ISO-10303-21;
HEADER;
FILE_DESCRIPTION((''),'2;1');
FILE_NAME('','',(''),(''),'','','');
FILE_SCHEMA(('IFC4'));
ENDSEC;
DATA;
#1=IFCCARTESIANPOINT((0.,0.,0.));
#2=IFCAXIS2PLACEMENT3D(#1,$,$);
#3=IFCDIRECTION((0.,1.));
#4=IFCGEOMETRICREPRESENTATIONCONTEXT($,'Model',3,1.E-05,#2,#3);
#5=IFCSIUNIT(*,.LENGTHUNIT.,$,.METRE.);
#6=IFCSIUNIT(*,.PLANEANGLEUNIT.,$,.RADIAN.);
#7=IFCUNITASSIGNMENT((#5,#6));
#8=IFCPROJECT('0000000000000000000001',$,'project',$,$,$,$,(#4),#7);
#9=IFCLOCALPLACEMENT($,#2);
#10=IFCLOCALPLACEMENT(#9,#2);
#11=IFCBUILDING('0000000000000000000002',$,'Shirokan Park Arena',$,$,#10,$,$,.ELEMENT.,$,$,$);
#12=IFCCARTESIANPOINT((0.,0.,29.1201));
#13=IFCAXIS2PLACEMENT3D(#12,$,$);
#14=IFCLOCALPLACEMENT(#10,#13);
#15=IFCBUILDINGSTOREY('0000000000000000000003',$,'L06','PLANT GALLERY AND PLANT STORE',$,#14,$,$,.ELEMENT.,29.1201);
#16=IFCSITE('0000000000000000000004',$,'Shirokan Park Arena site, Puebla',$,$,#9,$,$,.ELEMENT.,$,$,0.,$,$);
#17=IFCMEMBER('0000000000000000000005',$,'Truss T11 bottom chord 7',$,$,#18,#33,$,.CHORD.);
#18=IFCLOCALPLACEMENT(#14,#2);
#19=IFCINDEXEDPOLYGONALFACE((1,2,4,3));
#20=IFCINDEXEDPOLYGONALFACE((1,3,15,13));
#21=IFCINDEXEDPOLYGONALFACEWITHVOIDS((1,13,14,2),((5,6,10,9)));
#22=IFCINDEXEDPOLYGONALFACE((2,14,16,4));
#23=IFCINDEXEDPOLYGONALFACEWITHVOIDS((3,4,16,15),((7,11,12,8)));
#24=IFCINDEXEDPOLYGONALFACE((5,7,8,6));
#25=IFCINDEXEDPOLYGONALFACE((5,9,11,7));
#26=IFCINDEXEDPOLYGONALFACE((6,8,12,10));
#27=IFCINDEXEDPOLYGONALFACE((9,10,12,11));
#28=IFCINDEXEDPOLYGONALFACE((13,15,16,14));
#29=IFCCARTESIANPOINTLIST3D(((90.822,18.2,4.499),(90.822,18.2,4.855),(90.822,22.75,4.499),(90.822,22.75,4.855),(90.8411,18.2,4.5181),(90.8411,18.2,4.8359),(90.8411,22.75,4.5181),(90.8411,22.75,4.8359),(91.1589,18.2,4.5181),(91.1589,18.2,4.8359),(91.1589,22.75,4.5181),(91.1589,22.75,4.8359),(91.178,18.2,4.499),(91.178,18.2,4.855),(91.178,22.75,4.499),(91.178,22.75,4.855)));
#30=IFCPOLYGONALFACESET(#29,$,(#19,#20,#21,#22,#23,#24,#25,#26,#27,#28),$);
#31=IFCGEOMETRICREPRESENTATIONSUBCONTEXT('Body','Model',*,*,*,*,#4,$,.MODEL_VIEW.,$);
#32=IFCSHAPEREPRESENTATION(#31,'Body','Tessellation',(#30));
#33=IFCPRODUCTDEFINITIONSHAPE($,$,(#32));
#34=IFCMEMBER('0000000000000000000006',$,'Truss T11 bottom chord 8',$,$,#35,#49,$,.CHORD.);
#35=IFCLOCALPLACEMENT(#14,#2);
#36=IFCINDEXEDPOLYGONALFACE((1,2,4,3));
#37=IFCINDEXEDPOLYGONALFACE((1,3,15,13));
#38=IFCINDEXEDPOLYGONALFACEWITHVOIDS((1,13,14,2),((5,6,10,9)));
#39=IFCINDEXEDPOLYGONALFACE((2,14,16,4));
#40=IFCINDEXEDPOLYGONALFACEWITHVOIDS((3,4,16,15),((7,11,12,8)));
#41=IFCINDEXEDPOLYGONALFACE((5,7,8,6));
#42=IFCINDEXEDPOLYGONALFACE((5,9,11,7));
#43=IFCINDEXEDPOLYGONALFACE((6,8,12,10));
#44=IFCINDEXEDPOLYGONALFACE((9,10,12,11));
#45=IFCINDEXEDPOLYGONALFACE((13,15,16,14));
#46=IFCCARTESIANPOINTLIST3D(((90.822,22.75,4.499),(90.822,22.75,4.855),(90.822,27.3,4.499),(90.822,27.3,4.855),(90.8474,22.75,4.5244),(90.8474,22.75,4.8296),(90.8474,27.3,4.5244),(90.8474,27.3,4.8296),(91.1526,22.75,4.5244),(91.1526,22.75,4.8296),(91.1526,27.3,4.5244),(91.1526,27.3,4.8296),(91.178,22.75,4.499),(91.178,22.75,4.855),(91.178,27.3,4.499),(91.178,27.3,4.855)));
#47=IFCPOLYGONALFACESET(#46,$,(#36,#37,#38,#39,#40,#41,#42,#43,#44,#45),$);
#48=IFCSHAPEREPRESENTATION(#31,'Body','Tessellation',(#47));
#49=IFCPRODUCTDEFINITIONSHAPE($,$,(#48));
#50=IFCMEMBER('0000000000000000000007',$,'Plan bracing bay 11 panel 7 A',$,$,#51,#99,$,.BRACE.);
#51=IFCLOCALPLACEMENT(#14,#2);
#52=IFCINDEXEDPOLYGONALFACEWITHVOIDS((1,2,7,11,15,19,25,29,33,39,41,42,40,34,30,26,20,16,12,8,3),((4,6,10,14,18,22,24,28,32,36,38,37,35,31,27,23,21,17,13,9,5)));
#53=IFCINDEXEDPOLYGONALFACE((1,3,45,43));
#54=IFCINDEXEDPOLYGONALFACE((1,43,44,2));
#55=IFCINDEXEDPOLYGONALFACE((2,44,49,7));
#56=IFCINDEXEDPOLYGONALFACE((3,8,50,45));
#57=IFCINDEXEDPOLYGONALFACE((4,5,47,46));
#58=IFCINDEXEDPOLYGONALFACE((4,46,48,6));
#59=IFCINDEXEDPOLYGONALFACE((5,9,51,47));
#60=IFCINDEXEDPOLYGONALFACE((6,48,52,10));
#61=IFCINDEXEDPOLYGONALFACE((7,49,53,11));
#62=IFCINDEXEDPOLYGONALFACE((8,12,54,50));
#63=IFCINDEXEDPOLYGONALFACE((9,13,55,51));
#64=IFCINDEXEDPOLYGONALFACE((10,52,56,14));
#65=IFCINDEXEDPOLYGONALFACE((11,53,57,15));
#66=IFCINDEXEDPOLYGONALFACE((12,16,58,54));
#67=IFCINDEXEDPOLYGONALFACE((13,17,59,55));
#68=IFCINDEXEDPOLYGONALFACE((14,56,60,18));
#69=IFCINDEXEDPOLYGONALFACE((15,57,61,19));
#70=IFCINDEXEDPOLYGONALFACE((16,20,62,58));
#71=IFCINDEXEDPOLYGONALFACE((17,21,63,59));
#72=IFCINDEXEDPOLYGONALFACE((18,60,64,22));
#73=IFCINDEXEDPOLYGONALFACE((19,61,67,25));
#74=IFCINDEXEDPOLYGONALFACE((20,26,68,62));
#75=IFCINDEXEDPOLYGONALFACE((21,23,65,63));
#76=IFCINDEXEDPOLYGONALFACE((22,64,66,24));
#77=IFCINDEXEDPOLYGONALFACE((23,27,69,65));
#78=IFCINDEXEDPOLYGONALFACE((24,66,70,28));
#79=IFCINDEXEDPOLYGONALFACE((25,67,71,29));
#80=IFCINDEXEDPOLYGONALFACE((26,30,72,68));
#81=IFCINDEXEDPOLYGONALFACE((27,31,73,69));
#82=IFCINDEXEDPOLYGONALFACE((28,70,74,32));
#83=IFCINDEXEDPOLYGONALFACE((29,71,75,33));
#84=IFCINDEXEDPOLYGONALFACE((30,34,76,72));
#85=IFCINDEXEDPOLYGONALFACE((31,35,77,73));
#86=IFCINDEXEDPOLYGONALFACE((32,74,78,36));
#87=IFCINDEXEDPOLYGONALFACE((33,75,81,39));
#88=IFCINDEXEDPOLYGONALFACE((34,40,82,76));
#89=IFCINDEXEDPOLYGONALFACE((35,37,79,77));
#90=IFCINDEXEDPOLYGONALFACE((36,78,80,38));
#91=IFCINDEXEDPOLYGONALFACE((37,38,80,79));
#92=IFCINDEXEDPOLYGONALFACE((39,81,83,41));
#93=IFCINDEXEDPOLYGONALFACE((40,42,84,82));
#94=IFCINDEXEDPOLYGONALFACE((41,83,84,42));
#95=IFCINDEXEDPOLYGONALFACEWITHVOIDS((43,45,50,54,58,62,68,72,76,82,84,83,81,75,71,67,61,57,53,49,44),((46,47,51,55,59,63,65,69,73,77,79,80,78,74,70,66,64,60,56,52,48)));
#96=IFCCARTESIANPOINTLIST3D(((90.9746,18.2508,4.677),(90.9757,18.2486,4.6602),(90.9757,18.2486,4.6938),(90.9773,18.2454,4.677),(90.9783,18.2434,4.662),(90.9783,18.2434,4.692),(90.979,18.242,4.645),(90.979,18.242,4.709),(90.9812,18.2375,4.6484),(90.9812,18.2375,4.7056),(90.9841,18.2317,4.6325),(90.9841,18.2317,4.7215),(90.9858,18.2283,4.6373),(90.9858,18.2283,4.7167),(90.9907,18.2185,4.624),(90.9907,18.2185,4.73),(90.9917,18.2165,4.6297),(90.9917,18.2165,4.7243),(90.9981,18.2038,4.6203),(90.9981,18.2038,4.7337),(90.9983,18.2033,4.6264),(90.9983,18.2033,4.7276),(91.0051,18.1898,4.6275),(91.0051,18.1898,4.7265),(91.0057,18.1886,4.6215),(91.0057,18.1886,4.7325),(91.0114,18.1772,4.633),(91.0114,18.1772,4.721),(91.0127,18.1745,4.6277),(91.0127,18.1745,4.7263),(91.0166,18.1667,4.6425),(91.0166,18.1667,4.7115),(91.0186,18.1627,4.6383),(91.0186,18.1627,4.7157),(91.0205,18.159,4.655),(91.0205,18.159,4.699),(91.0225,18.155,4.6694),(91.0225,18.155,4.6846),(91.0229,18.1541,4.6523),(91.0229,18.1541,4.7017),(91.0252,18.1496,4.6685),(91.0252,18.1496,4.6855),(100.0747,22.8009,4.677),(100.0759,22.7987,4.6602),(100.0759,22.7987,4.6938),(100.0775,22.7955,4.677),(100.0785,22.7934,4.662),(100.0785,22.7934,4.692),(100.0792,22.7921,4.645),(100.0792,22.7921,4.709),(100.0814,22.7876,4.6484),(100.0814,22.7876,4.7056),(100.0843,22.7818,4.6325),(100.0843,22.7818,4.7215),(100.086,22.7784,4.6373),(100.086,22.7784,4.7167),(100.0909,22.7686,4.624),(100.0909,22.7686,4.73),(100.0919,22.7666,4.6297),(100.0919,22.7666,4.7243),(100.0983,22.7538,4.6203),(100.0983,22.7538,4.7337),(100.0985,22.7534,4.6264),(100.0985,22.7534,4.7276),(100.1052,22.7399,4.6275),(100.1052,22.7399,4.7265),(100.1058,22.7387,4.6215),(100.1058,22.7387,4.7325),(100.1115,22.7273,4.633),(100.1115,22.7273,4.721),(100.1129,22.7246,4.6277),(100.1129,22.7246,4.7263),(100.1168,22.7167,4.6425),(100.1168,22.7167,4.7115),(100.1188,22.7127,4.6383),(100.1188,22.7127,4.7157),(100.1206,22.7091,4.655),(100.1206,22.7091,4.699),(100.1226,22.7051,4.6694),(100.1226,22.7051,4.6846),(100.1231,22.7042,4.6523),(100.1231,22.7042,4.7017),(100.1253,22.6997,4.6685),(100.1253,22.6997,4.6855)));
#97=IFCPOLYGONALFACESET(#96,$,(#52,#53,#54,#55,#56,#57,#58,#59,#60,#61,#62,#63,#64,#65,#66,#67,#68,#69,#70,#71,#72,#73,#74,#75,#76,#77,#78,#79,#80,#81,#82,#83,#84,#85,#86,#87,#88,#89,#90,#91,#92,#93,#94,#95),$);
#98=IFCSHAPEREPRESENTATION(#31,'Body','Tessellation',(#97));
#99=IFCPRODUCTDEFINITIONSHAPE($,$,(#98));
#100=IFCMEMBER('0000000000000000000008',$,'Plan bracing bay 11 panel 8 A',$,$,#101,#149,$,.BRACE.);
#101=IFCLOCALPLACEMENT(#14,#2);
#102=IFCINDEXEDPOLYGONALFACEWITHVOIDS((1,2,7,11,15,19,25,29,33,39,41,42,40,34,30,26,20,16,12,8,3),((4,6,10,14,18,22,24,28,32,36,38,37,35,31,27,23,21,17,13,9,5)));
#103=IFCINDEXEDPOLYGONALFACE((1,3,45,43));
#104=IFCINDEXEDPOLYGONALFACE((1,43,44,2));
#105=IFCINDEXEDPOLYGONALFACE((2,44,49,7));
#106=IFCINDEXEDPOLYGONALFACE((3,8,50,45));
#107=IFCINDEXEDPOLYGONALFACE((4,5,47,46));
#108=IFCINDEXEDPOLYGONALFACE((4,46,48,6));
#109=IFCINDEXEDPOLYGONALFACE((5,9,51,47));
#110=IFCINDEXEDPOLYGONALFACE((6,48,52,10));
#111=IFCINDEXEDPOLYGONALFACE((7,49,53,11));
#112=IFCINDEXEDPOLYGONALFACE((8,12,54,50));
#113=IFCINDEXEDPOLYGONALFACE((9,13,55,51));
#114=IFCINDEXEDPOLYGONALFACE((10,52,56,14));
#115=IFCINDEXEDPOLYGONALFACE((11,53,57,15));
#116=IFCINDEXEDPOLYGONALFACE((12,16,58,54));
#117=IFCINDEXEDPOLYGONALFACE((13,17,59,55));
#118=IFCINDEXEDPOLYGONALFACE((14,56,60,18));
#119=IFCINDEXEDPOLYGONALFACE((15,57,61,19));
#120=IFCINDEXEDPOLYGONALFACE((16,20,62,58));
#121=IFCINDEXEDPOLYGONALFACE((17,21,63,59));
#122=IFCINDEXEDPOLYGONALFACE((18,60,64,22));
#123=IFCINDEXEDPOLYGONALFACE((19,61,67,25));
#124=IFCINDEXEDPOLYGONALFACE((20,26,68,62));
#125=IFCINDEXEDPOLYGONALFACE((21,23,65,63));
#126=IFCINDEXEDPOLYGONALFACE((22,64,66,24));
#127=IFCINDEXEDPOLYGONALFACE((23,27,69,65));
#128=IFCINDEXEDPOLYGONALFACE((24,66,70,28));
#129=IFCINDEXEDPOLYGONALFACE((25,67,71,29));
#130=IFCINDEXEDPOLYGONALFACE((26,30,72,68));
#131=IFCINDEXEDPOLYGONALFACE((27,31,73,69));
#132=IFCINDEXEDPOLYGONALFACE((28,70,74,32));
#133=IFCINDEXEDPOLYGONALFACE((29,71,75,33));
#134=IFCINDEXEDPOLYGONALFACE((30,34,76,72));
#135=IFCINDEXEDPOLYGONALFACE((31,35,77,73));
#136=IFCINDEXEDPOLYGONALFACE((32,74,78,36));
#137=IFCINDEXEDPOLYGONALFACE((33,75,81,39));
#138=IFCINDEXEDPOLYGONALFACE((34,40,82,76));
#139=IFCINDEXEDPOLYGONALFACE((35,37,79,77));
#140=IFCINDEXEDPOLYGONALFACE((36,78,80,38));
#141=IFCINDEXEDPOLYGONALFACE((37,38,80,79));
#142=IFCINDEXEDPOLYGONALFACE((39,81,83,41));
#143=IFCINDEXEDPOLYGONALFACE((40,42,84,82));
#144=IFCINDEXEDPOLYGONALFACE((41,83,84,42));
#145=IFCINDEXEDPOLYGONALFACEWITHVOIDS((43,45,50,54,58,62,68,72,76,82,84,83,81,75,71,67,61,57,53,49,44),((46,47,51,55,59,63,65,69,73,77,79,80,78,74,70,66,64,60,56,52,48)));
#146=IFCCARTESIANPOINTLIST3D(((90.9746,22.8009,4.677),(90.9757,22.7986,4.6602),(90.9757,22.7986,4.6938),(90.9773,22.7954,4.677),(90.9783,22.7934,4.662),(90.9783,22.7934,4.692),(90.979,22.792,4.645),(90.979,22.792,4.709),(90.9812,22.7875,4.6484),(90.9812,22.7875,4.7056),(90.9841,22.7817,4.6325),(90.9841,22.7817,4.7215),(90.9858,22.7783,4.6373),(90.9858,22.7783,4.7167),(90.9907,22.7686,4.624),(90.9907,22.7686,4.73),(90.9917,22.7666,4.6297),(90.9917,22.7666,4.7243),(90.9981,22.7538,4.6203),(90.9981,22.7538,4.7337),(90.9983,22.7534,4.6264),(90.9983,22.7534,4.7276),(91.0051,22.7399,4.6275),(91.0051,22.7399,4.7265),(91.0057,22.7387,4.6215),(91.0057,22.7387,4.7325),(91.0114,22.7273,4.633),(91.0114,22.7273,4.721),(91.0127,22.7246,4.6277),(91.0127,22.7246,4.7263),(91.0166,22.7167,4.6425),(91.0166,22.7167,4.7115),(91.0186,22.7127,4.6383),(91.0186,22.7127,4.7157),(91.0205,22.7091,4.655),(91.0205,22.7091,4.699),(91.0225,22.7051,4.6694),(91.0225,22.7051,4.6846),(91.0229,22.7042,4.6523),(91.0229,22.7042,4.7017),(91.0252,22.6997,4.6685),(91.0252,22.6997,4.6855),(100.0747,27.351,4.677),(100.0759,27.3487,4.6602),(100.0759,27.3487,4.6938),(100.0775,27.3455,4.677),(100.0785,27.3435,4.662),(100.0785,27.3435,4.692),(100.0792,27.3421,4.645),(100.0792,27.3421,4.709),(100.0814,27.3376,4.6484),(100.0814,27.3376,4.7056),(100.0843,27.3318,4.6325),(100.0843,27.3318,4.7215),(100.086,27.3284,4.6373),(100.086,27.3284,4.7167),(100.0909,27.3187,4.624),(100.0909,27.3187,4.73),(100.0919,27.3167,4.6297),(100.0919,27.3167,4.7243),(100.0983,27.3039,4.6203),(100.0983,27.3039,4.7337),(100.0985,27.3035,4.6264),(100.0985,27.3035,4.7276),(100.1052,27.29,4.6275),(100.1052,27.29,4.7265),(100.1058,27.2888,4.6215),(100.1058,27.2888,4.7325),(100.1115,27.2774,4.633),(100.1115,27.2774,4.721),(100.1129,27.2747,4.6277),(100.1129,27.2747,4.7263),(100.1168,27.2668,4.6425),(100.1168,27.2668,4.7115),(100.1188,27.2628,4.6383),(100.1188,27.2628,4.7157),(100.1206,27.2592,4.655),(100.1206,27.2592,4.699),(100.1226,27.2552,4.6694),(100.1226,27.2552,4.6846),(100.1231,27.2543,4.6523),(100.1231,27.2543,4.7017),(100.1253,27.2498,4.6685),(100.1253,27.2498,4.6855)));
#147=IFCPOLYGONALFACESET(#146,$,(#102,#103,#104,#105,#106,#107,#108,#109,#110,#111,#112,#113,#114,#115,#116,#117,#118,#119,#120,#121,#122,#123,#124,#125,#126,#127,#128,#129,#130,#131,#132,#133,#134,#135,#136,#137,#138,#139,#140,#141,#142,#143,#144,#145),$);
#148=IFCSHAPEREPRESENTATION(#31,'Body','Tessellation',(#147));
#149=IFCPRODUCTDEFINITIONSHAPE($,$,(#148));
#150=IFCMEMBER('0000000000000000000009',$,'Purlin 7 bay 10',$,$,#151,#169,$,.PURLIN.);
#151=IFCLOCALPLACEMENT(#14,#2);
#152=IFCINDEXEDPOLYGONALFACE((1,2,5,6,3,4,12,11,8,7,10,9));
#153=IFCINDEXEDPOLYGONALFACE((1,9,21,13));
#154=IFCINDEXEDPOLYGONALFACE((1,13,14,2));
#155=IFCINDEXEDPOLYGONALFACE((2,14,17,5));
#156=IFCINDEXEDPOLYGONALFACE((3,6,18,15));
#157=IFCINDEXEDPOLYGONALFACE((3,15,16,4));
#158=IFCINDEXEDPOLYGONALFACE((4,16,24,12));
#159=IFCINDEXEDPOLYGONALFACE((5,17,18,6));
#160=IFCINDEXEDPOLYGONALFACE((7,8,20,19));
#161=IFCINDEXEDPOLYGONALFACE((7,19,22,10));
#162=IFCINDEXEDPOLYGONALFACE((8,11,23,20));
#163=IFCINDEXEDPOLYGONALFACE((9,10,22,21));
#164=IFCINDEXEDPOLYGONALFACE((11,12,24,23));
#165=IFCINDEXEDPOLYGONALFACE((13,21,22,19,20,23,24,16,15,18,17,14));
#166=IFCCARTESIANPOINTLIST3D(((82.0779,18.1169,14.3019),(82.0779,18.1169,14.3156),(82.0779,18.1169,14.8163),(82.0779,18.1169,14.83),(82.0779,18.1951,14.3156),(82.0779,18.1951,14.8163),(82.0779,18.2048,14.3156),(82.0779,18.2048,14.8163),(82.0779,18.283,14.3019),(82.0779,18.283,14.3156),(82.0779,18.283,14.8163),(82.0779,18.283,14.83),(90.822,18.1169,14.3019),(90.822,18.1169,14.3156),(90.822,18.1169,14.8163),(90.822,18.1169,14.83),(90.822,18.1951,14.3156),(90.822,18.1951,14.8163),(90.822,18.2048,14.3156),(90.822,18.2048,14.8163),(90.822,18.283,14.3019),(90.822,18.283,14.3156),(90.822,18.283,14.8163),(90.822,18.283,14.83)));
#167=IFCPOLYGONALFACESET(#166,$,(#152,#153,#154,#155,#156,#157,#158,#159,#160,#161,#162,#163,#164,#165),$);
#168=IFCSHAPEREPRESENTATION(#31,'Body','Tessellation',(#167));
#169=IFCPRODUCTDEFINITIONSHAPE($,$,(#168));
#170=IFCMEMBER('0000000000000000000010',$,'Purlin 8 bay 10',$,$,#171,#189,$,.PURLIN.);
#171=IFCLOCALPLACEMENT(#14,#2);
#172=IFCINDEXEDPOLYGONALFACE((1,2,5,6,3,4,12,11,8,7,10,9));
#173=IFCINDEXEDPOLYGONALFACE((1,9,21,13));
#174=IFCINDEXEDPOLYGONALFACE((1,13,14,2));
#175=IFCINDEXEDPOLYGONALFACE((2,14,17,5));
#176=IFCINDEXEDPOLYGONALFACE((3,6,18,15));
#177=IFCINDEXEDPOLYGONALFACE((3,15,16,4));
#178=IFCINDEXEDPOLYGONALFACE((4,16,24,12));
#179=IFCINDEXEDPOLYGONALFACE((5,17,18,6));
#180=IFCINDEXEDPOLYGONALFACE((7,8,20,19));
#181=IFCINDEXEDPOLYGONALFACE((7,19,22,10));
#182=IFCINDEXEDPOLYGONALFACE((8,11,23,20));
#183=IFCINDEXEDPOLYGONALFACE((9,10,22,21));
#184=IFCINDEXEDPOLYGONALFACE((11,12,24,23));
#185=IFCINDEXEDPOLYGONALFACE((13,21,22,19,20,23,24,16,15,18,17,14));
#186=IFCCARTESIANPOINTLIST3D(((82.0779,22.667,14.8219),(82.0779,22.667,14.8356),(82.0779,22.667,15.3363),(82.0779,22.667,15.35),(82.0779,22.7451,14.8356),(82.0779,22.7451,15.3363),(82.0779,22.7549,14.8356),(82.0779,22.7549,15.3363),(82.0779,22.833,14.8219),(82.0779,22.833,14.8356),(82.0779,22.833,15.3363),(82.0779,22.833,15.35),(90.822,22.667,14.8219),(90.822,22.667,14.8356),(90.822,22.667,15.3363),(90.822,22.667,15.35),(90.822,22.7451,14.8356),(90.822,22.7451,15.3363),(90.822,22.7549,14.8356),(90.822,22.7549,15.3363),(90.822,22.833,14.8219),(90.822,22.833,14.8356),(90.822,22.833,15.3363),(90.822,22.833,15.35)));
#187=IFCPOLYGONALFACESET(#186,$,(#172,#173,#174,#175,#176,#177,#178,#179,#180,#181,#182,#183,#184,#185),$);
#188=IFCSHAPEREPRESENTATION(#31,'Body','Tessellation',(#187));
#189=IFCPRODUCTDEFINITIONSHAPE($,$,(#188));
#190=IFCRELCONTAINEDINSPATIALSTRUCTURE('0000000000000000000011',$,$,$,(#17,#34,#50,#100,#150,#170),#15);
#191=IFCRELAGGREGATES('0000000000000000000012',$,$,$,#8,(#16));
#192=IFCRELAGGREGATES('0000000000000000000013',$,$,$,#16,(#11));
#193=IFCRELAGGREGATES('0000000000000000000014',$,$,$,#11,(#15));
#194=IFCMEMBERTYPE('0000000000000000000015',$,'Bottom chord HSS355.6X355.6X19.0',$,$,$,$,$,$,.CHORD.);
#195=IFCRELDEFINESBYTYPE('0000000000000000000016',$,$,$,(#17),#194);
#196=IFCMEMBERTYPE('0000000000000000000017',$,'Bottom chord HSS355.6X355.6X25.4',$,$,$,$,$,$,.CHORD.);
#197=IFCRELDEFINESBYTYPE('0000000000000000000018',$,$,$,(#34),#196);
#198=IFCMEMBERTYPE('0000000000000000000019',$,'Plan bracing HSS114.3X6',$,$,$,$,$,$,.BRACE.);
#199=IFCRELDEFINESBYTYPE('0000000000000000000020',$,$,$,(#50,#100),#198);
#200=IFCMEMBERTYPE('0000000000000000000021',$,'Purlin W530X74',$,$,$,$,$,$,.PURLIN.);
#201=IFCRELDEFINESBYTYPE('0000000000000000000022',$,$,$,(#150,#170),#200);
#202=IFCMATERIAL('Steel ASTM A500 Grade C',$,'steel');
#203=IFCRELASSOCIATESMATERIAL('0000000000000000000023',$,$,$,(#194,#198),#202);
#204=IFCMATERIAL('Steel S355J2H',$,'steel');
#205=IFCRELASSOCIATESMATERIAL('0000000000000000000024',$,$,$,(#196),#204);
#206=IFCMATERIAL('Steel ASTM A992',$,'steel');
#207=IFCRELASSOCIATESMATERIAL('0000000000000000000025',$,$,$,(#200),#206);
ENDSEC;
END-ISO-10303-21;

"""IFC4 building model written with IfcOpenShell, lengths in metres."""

from ifc_helpers import new_model, si_unit, direction, frame, origin, origin_2d, place, context, subcontext, project, spatial, hollow_rectangle, hollow_circle, i_section, extrude, material, material_profile, profile_set, type_object, element, save


model = new_model("IFC4")

# Units and contexts
model_context = context("Model", 3, precision=1e-05, world=origin(), true_north=direction((0.0, 1.0)))
body_context = subcontext(model_context, "Body", "Model", "MODEL_VIEW")
ifc_project = project(units=[si_unit("LENGTHUNIT", "METRE"), si_unit("PLANEANGLEUNIT", "RADIAN")], contexts=[model_context])

# Site, building, storey
site_placement = place(None, origin())
site = spatial("IfcSite", under=ifc_project, at=site_placement, Name="Shirokan Park Arena site, Puebla", CompositionType="ELEMENT", RefElevation=0.0)
building_placement = place(site_placement, origin())
building = spatial("IfcBuilding", under=site, at=building_placement, Name="Shirokan Park Arena", CompositionType="ELEMENT")
storey_placement = place(building_placement, frame((0.0, 0.0, 29.1201)))
storey = spatial("IfcBuildingStorey", under=building, at=storey_placement, Name="L06", Description="PLANT GALLERY AND PLANT STORE", CompositionType="ELEMENT", Elevation=29.1201)

# Members
ifc_material_1 = material(Name="Steel ASTM A500 Grade C", Category="steel")
ifc_material_profile_1 = material_profile(ifc_material_1, hollow_rectangle(XDim=0.356, YDim=0.356, WallThickness=0.019, at=origin_2d()), Name="HSS355.6X355.6X19.0")
ifc_profile_set_1 = profile_set([ifc_material_profile_1], Name="Steel ASTM A500 Grade C")
member_type_1 = type_object("IfcMemberType", Name="Bottom chord HSS355.6X355.6X19.0", PredefinedType="CHORD", material=ifc_profile_set_1)
member_1_placement = place(storey_placement, frame((91.0, 18.2, 4.677), z_axis=(0.0, 1.0, 0.0), x_axis=(-1.0, 0.0, 0.0)))
element("IfcMember", 1, at=member_1_placement, inside=storey, type_object=member_type_1, Name="Truss T11 bottom chord 7", PredefinedType="CHORD", context=body_context, shape_type="SweptSolid", body=[
    extrude(hollow_rectangle(XDim=0.356, YDim=0.356, WallThickness=0.019, at=origin_2d()), origin(), (0.0, 0.0, 1.0), 4.55),
])
ifc_material_2 = material(Name="Steel S355J2H", Category="steel")
ifc_material_profile_2 = material_profile(ifc_material_2, hollow_rectangle(XDim=0.356, YDim=0.356, WallThickness=0.0254, at=origin_2d()), Name="HSS355.6X355.6X25.4")
ifc_profile_set_2 = profile_set([ifc_material_profile_2], Name="Steel S355J2H")
member_type_2 = type_object("IfcMemberType", Name="Bottom chord HSS355.6X355.6X25.4", PredefinedType="CHORD", material=ifc_profile_set_2)
member_2_placement = place(storey_placement, frame((91.0, 22.75, 4.677), z_axis=(0.0, 1.0, 0.0), x_axis=(-1.0, 0.0, 0.0)))
element("IfcMember", 2, at=member_2_placement, inside=storey, type_object=member_type_2, Name="Truss T11 bottom chord 8", PredefinedType="CHORD", context=body_context, shape_type="SweptSolid", body=[
    extrude(hollow_rectangle(XDim=0.356, YDim=0.356, WallThickness=0.0254, at=origin_2d()), origin(), (0.0, 0.0, 1.0), 4.55),
])
ifc_material_profile_3 = material_profile(ifc_material_1, hollow_circle(Radius=0.0569, WallThickness=0.0061, at=origin_2d()), Name="HSS114.3X6")
ifc_profile_set_3 = profile_set([ifc_material_profile_3], Name="Steel ASTM A500 Grade C")
member_type_3 = type_object("IfcMemberType", Name="Plan bracing HSS114.3X6", PredefinedType="BRACE", material=ifc_profile_set_3)
for number, where, z_axis, x_axis, name in (
    (3, (91.0, 18.2, 4.677), (0.894427, 0.447214, 0.0), (-0.447214, 0.894427, 0.0), "Plan bracing bay 11 panel 7 A"),
    (4, (91.0, 22.75, 4.677), (0.894427, 0.447214, 0.0), (-0.447214, 0.894427, 0.0), "Plan bracing bay 11 panel 8 A"),
):
    element("IfcMember", number, at=place(storey_placement, frame(where, z_axis=z_axis, x_axis=x_axis)), inside=storey, type_object=member_type_3, Name=name, PredefinedType="BRACE", context=body_context, shape_type="SweptSolid", body=[
        extrude(hollow_circle(Radius=0.0569, WallThickness=0.0061, at=origin_2d()), origin(), (0.0, 0.0, 1.0), 10.1743),
    ])
ifc_material_3 = material(Name="Steel ASTM A992", Category="steel")
ifc_material_profile_4 = material_profile(ifc_material_3, i_section(OverallWidth=0.166, OverallDepth=0.5281, WebThickness=0.0098, FlangeThickness=0.0137, at=origin_2d()), Name="W530X74")
ifc_profile_set_4 = profile_set([ifc_material_profile_4], Name="Steel ASTM A992")
member_type_4 = type_object("IfcMemberType", Name="Purlin W530X74", PredefinedType="PURLIN", material=ifc_profile_set_4)
for number, where, z_axis, x_axis, name in (
    (5, (82.0779, 18.2, 14.5659), (1.0, 0.0, 0.0), (0.0, 1.0, 0.0), "Purlin 7 bay 10"),
    (6, (82.0779, 22.75, 15.0859), (1.0, 0.0, 0.0), (0.0, 1.0, 0.0), "Purlin 8 bay 10"),
):
    element("IfcMember", number, at=place(storey_placement, frame(where, z_axis=z_axis, x_axis=x_axis)), inside=storey, type_object=member_type_4, Name=name, PredefinedType="PURLIN", context=body_context, shape_type="SweptSolid", body=[
        extrude(i_section(OverallWidth=0.166, OverallDepth=0.5281, WebThickness=0.0098, FlangeThickness=0.0137, at=origin_2d()), origin(), (0.0, 0.0, 1.0), 8.7441),
    ])

save(model, "model.ifc")
